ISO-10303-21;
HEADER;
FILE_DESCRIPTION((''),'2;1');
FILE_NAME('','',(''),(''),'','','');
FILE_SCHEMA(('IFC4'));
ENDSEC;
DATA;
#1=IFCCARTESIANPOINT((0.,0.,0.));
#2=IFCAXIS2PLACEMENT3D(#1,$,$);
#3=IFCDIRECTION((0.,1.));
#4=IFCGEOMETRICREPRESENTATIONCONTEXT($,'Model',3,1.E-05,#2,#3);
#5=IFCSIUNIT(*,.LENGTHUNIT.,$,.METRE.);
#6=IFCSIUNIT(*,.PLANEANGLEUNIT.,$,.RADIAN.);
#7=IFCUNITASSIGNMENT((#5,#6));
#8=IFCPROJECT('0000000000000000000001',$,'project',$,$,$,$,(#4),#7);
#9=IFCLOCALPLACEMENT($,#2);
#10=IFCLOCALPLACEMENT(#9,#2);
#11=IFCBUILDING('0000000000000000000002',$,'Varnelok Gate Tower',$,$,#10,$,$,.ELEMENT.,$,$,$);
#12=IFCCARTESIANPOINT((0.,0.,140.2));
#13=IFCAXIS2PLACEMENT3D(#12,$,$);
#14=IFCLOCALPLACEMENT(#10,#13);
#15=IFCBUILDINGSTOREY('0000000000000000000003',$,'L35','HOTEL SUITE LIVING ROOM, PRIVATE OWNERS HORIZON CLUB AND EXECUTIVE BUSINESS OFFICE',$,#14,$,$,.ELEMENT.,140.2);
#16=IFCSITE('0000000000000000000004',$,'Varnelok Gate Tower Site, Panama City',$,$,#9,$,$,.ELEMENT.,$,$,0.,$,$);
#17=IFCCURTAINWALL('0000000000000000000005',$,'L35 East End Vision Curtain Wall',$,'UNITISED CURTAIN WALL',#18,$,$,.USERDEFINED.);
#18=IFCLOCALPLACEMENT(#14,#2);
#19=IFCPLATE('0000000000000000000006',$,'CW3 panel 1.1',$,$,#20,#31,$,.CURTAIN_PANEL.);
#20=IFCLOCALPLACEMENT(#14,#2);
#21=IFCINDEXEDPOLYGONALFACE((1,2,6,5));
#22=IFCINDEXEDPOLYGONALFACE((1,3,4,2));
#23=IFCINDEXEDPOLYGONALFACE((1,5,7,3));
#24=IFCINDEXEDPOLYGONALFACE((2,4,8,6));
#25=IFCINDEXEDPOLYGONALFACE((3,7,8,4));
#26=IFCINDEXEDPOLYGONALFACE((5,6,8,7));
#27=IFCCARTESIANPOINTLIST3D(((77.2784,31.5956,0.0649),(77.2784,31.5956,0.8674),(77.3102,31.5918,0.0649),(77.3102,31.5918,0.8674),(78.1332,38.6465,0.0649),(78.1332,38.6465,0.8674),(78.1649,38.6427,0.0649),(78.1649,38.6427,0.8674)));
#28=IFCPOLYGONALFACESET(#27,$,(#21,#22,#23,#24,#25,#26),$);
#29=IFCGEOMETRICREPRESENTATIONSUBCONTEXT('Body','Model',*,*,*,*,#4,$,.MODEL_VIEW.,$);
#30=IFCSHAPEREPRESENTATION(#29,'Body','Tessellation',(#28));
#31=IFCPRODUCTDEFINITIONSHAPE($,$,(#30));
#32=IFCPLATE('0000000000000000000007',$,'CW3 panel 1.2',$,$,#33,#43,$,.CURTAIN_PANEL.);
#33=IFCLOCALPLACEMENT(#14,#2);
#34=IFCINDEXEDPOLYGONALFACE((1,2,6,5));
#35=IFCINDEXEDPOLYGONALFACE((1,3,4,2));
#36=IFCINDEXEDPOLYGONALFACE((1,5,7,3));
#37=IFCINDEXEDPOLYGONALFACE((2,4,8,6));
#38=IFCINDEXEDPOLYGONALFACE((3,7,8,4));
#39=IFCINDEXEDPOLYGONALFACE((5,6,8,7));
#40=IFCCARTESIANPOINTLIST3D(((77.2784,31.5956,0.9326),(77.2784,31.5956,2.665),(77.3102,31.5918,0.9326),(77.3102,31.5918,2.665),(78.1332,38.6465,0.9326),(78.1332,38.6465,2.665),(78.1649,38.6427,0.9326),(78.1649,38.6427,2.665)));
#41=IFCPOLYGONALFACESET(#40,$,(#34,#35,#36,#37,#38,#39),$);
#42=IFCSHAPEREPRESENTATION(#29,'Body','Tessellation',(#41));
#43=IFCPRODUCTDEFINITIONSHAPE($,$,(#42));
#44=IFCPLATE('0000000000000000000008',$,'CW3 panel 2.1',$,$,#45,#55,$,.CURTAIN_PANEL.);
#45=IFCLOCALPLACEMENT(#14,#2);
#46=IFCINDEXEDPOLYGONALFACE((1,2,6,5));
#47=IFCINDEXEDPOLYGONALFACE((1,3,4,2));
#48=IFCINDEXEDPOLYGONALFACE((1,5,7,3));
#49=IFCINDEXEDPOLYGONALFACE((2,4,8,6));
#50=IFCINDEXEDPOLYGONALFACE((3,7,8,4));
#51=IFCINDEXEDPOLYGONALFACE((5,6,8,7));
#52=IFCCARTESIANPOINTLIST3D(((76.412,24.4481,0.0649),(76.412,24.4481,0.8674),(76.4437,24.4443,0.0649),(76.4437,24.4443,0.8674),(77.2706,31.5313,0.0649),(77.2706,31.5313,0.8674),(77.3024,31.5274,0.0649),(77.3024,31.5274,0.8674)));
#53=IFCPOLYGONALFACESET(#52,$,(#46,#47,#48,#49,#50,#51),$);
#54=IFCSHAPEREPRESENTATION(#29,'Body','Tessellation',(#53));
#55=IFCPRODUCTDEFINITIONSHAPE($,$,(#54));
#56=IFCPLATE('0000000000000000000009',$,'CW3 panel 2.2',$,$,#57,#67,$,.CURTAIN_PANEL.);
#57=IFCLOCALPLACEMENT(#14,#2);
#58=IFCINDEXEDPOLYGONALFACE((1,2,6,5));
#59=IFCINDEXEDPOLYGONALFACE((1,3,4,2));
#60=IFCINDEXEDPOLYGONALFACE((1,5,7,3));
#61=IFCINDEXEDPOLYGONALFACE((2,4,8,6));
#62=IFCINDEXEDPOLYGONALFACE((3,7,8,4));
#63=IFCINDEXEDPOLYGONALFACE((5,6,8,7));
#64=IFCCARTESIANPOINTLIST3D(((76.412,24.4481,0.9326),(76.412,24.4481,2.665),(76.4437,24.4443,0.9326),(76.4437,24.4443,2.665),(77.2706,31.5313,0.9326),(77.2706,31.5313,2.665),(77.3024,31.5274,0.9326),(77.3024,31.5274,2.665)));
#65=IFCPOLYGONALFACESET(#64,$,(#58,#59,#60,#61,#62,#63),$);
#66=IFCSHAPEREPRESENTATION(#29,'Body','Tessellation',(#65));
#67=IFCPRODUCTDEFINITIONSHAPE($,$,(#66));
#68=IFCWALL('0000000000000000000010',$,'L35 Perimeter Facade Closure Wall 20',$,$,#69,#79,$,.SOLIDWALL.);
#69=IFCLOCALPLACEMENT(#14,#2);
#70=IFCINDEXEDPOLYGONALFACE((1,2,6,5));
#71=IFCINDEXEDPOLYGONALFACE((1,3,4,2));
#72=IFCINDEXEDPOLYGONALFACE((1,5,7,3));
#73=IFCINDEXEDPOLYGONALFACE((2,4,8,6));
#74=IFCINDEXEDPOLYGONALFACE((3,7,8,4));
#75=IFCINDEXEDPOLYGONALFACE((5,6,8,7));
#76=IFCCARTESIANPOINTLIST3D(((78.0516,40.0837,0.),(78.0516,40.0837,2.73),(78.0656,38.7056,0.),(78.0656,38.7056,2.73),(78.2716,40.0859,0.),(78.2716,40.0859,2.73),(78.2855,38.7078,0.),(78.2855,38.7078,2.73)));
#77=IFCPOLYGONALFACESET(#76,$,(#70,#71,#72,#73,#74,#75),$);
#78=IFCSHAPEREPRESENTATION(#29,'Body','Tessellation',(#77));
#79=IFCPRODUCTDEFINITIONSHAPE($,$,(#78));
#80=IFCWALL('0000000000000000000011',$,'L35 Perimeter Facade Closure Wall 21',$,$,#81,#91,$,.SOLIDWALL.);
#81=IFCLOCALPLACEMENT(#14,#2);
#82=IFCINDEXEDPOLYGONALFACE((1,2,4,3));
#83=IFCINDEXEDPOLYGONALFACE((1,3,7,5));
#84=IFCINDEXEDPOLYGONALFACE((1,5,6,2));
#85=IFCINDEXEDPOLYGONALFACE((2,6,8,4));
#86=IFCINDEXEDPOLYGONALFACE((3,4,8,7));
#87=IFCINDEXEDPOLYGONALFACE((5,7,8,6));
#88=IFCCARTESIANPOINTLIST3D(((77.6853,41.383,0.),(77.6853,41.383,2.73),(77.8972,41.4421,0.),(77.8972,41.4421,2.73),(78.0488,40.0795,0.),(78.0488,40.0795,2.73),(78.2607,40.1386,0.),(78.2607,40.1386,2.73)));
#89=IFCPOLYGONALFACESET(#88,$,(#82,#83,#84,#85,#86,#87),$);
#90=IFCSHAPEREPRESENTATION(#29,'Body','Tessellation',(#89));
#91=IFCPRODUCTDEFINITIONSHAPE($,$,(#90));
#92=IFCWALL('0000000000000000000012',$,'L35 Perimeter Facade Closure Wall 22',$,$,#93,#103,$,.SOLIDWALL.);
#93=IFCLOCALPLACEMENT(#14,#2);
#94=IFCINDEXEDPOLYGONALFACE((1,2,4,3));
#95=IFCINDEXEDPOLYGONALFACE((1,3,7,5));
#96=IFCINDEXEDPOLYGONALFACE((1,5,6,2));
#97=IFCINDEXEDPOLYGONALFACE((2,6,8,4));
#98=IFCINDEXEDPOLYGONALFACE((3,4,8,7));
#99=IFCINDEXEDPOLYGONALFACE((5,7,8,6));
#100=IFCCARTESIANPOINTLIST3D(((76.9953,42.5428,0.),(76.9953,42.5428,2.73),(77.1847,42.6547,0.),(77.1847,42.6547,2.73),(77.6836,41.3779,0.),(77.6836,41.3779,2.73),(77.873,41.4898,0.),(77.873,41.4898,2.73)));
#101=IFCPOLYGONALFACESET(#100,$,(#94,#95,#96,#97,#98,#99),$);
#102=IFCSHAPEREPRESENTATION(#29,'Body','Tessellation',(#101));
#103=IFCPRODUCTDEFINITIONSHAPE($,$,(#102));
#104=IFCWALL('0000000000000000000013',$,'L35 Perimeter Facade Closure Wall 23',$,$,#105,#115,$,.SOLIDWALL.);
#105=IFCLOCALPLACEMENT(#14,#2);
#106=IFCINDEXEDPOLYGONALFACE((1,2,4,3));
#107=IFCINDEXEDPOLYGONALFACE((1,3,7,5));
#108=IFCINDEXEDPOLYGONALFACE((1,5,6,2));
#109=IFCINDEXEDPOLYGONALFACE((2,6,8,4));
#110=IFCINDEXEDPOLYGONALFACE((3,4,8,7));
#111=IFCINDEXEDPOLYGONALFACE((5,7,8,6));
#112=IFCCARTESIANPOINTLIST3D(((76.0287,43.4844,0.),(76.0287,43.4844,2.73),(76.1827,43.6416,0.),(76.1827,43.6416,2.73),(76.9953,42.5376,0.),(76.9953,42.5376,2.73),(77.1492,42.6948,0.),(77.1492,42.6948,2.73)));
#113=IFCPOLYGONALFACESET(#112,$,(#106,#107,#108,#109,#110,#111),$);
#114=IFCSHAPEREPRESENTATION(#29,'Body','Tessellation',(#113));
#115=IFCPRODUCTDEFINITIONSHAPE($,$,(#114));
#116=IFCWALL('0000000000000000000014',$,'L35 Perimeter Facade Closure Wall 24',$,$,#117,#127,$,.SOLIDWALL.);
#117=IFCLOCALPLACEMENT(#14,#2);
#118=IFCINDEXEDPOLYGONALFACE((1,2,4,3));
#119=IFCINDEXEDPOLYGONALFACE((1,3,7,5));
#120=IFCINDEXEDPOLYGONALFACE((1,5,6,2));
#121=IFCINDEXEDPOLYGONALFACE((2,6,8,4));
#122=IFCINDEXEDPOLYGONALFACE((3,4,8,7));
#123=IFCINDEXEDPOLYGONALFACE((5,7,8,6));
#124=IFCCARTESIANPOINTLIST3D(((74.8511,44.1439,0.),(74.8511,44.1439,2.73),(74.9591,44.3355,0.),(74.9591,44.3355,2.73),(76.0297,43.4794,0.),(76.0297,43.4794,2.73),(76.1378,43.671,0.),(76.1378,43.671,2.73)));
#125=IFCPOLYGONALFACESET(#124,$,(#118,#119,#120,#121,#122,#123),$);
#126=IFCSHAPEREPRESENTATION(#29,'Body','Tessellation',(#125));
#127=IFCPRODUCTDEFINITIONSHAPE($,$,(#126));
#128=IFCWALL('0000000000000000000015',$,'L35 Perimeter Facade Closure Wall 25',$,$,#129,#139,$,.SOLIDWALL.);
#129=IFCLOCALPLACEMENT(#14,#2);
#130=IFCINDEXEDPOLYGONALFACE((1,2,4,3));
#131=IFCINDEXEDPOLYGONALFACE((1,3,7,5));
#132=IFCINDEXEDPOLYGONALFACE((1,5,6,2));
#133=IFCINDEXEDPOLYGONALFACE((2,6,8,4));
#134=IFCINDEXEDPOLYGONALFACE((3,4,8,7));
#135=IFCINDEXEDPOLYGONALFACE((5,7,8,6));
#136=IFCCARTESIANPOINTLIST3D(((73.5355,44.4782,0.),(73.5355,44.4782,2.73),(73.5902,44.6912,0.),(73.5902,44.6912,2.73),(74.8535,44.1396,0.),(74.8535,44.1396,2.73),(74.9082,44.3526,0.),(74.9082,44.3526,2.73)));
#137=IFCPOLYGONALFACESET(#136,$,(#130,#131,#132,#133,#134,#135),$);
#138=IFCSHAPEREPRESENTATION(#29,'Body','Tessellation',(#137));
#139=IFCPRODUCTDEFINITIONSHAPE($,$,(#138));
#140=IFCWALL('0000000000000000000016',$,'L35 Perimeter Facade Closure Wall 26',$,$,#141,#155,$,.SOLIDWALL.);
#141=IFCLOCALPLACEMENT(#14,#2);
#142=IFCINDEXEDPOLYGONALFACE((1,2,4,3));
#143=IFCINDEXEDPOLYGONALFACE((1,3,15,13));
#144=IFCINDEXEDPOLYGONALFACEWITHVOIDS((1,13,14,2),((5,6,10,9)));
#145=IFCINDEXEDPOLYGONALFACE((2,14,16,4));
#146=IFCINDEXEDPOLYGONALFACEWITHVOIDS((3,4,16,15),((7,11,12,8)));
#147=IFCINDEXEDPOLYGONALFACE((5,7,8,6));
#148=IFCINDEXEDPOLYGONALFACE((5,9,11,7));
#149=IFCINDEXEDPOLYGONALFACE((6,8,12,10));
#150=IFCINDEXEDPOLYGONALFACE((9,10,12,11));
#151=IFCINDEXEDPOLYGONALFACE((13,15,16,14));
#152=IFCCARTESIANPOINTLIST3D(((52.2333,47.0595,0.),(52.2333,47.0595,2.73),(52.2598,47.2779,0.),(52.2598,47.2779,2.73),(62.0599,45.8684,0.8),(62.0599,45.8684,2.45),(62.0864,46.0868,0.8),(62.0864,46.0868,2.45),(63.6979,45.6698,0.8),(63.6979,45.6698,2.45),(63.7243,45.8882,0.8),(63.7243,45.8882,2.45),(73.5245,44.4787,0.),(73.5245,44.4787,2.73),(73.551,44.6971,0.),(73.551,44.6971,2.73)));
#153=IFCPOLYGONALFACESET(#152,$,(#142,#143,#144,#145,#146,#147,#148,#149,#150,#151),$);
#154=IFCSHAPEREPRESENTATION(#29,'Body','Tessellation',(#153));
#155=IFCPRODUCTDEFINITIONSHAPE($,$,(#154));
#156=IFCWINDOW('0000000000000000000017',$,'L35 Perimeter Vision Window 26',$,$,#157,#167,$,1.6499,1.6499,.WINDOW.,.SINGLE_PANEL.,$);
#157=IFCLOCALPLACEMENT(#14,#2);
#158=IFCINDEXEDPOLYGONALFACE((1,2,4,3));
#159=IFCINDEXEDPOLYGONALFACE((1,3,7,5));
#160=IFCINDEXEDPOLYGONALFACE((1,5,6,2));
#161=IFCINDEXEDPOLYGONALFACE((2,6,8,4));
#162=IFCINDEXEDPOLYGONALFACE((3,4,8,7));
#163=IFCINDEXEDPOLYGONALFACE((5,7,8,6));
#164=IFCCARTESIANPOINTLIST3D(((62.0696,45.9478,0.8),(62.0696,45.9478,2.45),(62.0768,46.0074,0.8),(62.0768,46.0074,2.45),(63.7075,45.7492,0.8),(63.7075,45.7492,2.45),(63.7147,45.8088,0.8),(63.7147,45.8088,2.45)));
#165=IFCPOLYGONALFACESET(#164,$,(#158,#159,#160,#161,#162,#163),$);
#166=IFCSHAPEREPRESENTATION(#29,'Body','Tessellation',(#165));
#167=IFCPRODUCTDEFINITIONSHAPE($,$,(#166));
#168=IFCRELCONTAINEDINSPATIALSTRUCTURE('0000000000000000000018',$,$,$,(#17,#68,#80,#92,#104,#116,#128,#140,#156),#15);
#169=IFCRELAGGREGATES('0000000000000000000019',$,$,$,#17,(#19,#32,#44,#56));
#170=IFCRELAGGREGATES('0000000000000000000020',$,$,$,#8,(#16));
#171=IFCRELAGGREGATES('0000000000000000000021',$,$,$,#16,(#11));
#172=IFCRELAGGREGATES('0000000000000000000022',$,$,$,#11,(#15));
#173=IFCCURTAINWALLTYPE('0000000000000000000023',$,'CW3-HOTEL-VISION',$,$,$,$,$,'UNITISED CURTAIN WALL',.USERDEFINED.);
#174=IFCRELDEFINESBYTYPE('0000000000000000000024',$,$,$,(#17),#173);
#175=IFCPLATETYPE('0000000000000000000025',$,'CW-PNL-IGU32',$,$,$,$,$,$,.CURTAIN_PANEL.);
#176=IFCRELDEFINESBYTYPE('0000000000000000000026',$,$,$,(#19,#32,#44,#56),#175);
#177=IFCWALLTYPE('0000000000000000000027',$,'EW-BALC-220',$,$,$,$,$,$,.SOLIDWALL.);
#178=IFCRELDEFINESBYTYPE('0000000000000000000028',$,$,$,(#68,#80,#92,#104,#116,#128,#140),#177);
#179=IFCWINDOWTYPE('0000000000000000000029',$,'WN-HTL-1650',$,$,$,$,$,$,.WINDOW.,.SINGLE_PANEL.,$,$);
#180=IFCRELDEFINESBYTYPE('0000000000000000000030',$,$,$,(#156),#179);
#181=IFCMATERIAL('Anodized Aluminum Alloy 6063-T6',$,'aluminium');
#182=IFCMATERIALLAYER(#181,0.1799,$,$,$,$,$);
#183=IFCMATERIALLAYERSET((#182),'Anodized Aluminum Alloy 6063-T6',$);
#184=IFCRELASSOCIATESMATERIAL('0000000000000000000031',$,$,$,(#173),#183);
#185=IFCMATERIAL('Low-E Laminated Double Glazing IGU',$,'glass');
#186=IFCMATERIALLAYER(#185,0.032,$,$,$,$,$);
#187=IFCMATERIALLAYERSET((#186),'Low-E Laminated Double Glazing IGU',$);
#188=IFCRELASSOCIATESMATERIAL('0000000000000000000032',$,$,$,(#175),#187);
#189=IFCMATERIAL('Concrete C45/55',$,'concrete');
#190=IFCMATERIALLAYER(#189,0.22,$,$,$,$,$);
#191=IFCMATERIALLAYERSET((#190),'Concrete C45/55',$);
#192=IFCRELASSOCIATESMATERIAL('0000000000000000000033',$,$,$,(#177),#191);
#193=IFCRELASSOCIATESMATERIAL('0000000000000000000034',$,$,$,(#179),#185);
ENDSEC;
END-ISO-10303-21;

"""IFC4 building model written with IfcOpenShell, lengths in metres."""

from ifc_helpers import new_model, si_unit, direction, frame, frame_2d, origin, origin_2d, place, context, subcontext, project, spatial, rectangle, extrude, source, transform, mapped, material, layer, layer_set, type_object, element, fill, aggregate, save


model = new_model("IFC4")

# Units and contexts
model_context = context("Model", 3, precision=1e-05, world=origin(), true_north=direction((0.0, 1.0)))
body_context = subcontext(model_context, "Body", "Model", "MODEL_VIEW")
ifc_project = project(units=[si_unit("LENGTHUNIT", "METRE"), si_unit("PLANEANGLEUNIT", "RADIAN")], contexts=[model_context])

# Site, building, storey
site_placement = place(None, origin())
site = spatial("IfcSite", under=ifc_project, at=site_placement, Name="Varnelok Gate Tower Site, Panama City", CompositionType="ELEMENT", RefElevation=0.0)
building_placement = place(site_placement, origin())
building = spatial("IfcBuilding", under=site, at=building_placement, Name="Varnelok Gate Tower", CompositionType="ELEMENT")
storey_placement = place(building_placement, frame((0.0, 0.0, 140.2)))
storey = spatial("IfcBuildingStorey", under=building, at=storey_placement, Name="L35", Description="HOTEL SUITE LIVING ROOM, PRIVATE OWNERS HORIZON CLUB AND EXECUTIVE BUSINESS OFFICE", CompositionType="ELEMENT", Elevation=140.2)

# Curtain wall, plates
ifc_material_1 = material(Name="Anodized Aluminum Alloy 6063-T6", Category="aluminium")
ifc_layer_1 = layer(ifc_material_1, 0.1799)
ifc_layer_set_1 = layer_set([ifc_layer_1], Name="Anodized Aluminum Alloy 6063-T6")
curtain_wall_type = type_object("IfcCurtainWallType", Name="CW3-HOTEL-VISION", ElementType="UNITISED CURTAIN WALL", PredefinedType="USERDEFINED", material=ifc_layer_set_1)
curtain_wall_placement = place(storey_placement, origin())
curtain_wall = element("IfcCurtainWall", 1, at=curtain_wall_placement, inside=storey, type_object=curtain_wall_type, Name="L35 East End Vision Curtain Wall", ObjectType="UNITISED CURTAIN WALL", PredefinedType="USERDEFINED")
ifc_material_2 = material(Name="Low-E Laminated Double Glazing IGU", Category="glass")
ifc_layer_2 = layer(ifc_material_2, 0.032)
ifc_layer_set_2 = layer_set([ifc_layer_2], Name="Low-E Laminated Double Glazing IGU")
plate_type = type_object("IfcPlateType", Name="CW-PNL-IGU32", PredefinedType="CURTAIN_PANEL", material=ifc_layer_set_2)
shared_shape_1 = source(origin(), body_context, "Body", "SweptSolid", [
    extrude(rectangle(XDim=7.1025, YDim=0.032, at=origin_2d()), origin(), (0.0, 0.0, 1.0), 0.8025),
])
plate_1_placement = place(storey_placement, frame((77.7217, 35.1191, 0.0649), z_axis=(0.0, 0.0, 1.0), x_axis=(-0.120347, -0.992732, 0.0)))
plate_1 = element("IfcPlate", 2, at=plate_1_placement, type_object=plate_type, Name="CW3 panel 1.1", PredefinedType="CURTAIN_PANEL", context=body_context, shape_type="MappedRepresentation", body=[
    mapped(shared_shape_1, transform((0.0, 0.0, 0.0), scale=1.0)),
])
shared_shape_2 = source(origin(), body_context, "Body", "SweptSolid", [
    extrude(rectangle(XDim=7.1025, YDim=0.032, at=origin_2d()), origin(), (0.0, 0.0, 1.0), 1.7324),
])
plate_2_placement = place(storey_placement, frame((77.7217, 35.1191, 0.9326), z_axis=(0.0, 0.0, 1.0), x_axis=(-0.120347, -0.992732, 0.0)))
plate_2 = element("IfcPlate", 3, at=plate_2_placement, type_object=plate_type, Name="CW3 panel 1.2", PredefinedType="CURTAIN_PANEL", context=body_context, shape_type="MappedRepresentation", body=[
    mapped(shared_shape_2, transform((0.0, 0.0, 0.0), scale=1.0)),
])
shared_shape_3 = source(origin(), body_context, "Body", "SweptSolid", [
    extrude(rectangle(XDim=7.135, YDim=0.032, at=origin_2d()), origin(), (0.0, 0.0, 1.0), 0.8025),
])
plate_3_placement = place(storey_placement, frame((76.8572, 27.9878, 0.0649), z_axis=(0.0, 0.0, 1.0), x_axis=(-0.120347, -0.992732, 0.0)))
plate_3 = element("IfcPlate", 4, at=plate_3_placement, type_object=plate_type, Name="CW3 panel 2.1", PredefinedType="CURTAIN_PANEL", context=body_context, shape_type="MappedRepresentation", body=[
    mapped(shared_shape_3, transform((0.0, 0.0, 0.0), scale=1.0)),
])
shared_shape_4 = source(origin(), body_context, "Body", "SweptSolid", [
    extrude(rectangle(XDim=7.135, YDim=0.032, at=origin_2d()), origin(), (0.0, 0.0, 1.0), 1.7324),
])
plate_4_placement = place(storey_placement, frame((76.8572, 27.9878, 0.9326), z_axis=(0.0, 0.0, 1.0), x_axis=(-0.120347, -0.992732, 0.0)))
plate_4 = element("IfcPlate", 5, at=plate_4_placement, type_object=plate_type, Name="CW3 panel 2.2", PredefinedType="CURTAIN_PANEL", context=body_context, shape_type="MappedRepresentation", body=[
    mapped(shared_shape_4, transform((0.0, 0.0, 0.0), scale=1.0)),
])
aggregate(curtain_wall, [plate_1, plate_2, plate_3, plate_4])

# Walls
ifc_material_3 = material(Name="Concrete C45/55", Category="concrete")
ifc_layer_3 = layer(ifc_material_3, 0.22)
ifc_layer_set_3 = layer_set([ifc_layer_3], Name="Concrete C45/55")
wall_type = type_object("IfcWallType", Name="EW-BALC-220", PredefinedType="SOLIDWALL", material=ifc_layer_set_3)
wall_1_placement = place(storey_placement, frame((78.1755, 38.7068, 0.0), z_axis=(0.0, 0.0, 1.0), x_axis=(-0.010097, 0.999949, 0.0)))
element("IfcWall", 6, at=wall_1_placement, inside=storey, type_object=wall_type, Name="L35 Perimeter Facade Closure Wall 20", PredefinedType="SOLIDWALL", context=body_context, shape_type="SweptSolid", body=[
    extrude(rectangle(XDim=1.3782, YDim=0.22, at=frame_2d((0.689, 0.0))), origin(), (0.0, 0.0, 1.0), 2.73),
])
wall_2_placement = place(storey_placement, frame((78.1548, 40.1089, 0.0), z_axis=(0.0, 0.0, 1.0), x_axis=(-0.268639, 0.963241, 0.0)))
element("IfcWall", 7, at=wall_2_placement, inside=storey, type_object=wall_type, Name="L35 Perimeter Facade Closure Wall 21", PredefinedType="SOLIDWALL", context=body_context, shape_type="SweptSolid", body=[
    extrude(rectangle(XDim=1.3533, YDim=0.22, at=frame_2d((0.6768, 0.0))), origin(), (0.0, 0.0, 1.0), 2.73),
])
for number, where, z_axis, x_axis, name in (
    (8, (77.7783, 41.4338, 0.0), (0.0, 0.0, 1.0), (-0.508699, 0.860944, 0.0), "L35 Perimeter Facade Closure Wall 22"),
    (9, (77.0723, 42.6162, 0.0), (0.0, 0.0, 1.0), (-0.714377, 0.699761, 0.0), "L35 Perimeter Facade Closure Wall 23"),
    (10, (76.0837, 43.5752, 0.0), (0.0, 0.0, 1.0), (-0.871093, 0.491118, 0.0), "L35 Perimeter Facade Closure Wall 24"),
):
    element("IfcWall", number, at=place(storey_placement, frame(where, z_axis=z_axis, x_axis=x_axis)), inside=storey, type_object=wall_type, Name=name, PredefinedType="SOLIDWALL", context=body_context, shape_type="SweptSolid", body=[
        extrude(rectangle(XDim=1.353, YDim=0.22, at=frame_2d((0.6765, 0.0))), origin(), (0.0, 0.0, 1.0), 2.73),
    ])
wall_3_placement = place(storey_placement, frame((74.8809, 44.2461, 0.0), z_axis=(0.0, 0.0, 1.0), x_axis=(-0.96855, 0.24882, 0.0)))
element("IfcWall", 11, at=wall_3_placement, inside=storey, type_object=wall_type, Name="L35 Perimeter Facade Closure Wall 25", PredefinedType="SOLIDWALL", context=body_context, shape_type="SweptSolid", body=[
    extrude(rectangle(XDim=1.3608, YDim=0.22, at=frame_2d((0.6804, 0.0))), origin(), (0.0, 0.0, 1.0), 2.73),
])

# Wall, opening, window
wall_4_placement = place(storey_placement, frame((73.5378, 44.5879, 0.0), z_axis=(0.0, 0.0, 1.0), x_axis=(-0.992733, 0.120334, 0.0)))
wall_4 = element("IfcWall", 12, at=wall_4_placement, inside=storey, type_object=wall_type, Name="L35 Perimeter Facade Closure Wall 26", PredefinedType="SOLIDWALL", context=body_context, shape_type="SweptSolid", body=[
    extrude(rectangle(XDim=21.447, YDim=0.22, at=frame_2d((10.7236, 0.0))), origin(), (0.0, 0.0, 1.0), 2.73),
])
opening_placement = place(wall_4_placement, frame((9.8987, 0.0, 0.8)))
opening = element("IfcOpeningElement", 13, at=opening_placement, cuts=wall_4, PredefinedType="OPENING", context=body_context, shape_type="SweptSolid", body=[
    extrude(rectangle(XDim=1.6499, YDim=1.6499, at=frame_2d((0.825, 0.825))), frame((0.0, 0.1199, 0.0), z_axis=(0.0, -1.0, 0.0), x_axis=(1.0, 0.0, 0.0)), (0.0, 0.0, 1.0), 0.24),
])
window_type = type_object("IfcWindowType", Name="WN-HTL-1650", PartitioningType="SINGLE_PANEL", PredefinedType="WINDOW", material=ifc_material_2)
window_placement = place(opening_placement, origin())
window = element("IfcWindow", 14, at=window_placement, inside=storey, type_object=window_type, Name="L35 Perimeter Vision Window 26", OverallHeight=1.6499, OverallWidth=1.6499, PartitioningType="SINGLE_PANEL", PredefinedType="WINDOW", context=body_context, shape_type="SweptSolid", body=[
    extrude(rectangle(XDim=1.6499, YDim=1.6499, at=frame_2d((0.825, 0.825))), frame((0.0, 0.03, 0.0), z_axis=(0.0, -1.0, 0.0), x_axis=(1.0, 0.0, 0.0)), (0.0, 0.0, 1.0), 0.0601),
])
fill(opening, window)

save(model, "model.ifc")
